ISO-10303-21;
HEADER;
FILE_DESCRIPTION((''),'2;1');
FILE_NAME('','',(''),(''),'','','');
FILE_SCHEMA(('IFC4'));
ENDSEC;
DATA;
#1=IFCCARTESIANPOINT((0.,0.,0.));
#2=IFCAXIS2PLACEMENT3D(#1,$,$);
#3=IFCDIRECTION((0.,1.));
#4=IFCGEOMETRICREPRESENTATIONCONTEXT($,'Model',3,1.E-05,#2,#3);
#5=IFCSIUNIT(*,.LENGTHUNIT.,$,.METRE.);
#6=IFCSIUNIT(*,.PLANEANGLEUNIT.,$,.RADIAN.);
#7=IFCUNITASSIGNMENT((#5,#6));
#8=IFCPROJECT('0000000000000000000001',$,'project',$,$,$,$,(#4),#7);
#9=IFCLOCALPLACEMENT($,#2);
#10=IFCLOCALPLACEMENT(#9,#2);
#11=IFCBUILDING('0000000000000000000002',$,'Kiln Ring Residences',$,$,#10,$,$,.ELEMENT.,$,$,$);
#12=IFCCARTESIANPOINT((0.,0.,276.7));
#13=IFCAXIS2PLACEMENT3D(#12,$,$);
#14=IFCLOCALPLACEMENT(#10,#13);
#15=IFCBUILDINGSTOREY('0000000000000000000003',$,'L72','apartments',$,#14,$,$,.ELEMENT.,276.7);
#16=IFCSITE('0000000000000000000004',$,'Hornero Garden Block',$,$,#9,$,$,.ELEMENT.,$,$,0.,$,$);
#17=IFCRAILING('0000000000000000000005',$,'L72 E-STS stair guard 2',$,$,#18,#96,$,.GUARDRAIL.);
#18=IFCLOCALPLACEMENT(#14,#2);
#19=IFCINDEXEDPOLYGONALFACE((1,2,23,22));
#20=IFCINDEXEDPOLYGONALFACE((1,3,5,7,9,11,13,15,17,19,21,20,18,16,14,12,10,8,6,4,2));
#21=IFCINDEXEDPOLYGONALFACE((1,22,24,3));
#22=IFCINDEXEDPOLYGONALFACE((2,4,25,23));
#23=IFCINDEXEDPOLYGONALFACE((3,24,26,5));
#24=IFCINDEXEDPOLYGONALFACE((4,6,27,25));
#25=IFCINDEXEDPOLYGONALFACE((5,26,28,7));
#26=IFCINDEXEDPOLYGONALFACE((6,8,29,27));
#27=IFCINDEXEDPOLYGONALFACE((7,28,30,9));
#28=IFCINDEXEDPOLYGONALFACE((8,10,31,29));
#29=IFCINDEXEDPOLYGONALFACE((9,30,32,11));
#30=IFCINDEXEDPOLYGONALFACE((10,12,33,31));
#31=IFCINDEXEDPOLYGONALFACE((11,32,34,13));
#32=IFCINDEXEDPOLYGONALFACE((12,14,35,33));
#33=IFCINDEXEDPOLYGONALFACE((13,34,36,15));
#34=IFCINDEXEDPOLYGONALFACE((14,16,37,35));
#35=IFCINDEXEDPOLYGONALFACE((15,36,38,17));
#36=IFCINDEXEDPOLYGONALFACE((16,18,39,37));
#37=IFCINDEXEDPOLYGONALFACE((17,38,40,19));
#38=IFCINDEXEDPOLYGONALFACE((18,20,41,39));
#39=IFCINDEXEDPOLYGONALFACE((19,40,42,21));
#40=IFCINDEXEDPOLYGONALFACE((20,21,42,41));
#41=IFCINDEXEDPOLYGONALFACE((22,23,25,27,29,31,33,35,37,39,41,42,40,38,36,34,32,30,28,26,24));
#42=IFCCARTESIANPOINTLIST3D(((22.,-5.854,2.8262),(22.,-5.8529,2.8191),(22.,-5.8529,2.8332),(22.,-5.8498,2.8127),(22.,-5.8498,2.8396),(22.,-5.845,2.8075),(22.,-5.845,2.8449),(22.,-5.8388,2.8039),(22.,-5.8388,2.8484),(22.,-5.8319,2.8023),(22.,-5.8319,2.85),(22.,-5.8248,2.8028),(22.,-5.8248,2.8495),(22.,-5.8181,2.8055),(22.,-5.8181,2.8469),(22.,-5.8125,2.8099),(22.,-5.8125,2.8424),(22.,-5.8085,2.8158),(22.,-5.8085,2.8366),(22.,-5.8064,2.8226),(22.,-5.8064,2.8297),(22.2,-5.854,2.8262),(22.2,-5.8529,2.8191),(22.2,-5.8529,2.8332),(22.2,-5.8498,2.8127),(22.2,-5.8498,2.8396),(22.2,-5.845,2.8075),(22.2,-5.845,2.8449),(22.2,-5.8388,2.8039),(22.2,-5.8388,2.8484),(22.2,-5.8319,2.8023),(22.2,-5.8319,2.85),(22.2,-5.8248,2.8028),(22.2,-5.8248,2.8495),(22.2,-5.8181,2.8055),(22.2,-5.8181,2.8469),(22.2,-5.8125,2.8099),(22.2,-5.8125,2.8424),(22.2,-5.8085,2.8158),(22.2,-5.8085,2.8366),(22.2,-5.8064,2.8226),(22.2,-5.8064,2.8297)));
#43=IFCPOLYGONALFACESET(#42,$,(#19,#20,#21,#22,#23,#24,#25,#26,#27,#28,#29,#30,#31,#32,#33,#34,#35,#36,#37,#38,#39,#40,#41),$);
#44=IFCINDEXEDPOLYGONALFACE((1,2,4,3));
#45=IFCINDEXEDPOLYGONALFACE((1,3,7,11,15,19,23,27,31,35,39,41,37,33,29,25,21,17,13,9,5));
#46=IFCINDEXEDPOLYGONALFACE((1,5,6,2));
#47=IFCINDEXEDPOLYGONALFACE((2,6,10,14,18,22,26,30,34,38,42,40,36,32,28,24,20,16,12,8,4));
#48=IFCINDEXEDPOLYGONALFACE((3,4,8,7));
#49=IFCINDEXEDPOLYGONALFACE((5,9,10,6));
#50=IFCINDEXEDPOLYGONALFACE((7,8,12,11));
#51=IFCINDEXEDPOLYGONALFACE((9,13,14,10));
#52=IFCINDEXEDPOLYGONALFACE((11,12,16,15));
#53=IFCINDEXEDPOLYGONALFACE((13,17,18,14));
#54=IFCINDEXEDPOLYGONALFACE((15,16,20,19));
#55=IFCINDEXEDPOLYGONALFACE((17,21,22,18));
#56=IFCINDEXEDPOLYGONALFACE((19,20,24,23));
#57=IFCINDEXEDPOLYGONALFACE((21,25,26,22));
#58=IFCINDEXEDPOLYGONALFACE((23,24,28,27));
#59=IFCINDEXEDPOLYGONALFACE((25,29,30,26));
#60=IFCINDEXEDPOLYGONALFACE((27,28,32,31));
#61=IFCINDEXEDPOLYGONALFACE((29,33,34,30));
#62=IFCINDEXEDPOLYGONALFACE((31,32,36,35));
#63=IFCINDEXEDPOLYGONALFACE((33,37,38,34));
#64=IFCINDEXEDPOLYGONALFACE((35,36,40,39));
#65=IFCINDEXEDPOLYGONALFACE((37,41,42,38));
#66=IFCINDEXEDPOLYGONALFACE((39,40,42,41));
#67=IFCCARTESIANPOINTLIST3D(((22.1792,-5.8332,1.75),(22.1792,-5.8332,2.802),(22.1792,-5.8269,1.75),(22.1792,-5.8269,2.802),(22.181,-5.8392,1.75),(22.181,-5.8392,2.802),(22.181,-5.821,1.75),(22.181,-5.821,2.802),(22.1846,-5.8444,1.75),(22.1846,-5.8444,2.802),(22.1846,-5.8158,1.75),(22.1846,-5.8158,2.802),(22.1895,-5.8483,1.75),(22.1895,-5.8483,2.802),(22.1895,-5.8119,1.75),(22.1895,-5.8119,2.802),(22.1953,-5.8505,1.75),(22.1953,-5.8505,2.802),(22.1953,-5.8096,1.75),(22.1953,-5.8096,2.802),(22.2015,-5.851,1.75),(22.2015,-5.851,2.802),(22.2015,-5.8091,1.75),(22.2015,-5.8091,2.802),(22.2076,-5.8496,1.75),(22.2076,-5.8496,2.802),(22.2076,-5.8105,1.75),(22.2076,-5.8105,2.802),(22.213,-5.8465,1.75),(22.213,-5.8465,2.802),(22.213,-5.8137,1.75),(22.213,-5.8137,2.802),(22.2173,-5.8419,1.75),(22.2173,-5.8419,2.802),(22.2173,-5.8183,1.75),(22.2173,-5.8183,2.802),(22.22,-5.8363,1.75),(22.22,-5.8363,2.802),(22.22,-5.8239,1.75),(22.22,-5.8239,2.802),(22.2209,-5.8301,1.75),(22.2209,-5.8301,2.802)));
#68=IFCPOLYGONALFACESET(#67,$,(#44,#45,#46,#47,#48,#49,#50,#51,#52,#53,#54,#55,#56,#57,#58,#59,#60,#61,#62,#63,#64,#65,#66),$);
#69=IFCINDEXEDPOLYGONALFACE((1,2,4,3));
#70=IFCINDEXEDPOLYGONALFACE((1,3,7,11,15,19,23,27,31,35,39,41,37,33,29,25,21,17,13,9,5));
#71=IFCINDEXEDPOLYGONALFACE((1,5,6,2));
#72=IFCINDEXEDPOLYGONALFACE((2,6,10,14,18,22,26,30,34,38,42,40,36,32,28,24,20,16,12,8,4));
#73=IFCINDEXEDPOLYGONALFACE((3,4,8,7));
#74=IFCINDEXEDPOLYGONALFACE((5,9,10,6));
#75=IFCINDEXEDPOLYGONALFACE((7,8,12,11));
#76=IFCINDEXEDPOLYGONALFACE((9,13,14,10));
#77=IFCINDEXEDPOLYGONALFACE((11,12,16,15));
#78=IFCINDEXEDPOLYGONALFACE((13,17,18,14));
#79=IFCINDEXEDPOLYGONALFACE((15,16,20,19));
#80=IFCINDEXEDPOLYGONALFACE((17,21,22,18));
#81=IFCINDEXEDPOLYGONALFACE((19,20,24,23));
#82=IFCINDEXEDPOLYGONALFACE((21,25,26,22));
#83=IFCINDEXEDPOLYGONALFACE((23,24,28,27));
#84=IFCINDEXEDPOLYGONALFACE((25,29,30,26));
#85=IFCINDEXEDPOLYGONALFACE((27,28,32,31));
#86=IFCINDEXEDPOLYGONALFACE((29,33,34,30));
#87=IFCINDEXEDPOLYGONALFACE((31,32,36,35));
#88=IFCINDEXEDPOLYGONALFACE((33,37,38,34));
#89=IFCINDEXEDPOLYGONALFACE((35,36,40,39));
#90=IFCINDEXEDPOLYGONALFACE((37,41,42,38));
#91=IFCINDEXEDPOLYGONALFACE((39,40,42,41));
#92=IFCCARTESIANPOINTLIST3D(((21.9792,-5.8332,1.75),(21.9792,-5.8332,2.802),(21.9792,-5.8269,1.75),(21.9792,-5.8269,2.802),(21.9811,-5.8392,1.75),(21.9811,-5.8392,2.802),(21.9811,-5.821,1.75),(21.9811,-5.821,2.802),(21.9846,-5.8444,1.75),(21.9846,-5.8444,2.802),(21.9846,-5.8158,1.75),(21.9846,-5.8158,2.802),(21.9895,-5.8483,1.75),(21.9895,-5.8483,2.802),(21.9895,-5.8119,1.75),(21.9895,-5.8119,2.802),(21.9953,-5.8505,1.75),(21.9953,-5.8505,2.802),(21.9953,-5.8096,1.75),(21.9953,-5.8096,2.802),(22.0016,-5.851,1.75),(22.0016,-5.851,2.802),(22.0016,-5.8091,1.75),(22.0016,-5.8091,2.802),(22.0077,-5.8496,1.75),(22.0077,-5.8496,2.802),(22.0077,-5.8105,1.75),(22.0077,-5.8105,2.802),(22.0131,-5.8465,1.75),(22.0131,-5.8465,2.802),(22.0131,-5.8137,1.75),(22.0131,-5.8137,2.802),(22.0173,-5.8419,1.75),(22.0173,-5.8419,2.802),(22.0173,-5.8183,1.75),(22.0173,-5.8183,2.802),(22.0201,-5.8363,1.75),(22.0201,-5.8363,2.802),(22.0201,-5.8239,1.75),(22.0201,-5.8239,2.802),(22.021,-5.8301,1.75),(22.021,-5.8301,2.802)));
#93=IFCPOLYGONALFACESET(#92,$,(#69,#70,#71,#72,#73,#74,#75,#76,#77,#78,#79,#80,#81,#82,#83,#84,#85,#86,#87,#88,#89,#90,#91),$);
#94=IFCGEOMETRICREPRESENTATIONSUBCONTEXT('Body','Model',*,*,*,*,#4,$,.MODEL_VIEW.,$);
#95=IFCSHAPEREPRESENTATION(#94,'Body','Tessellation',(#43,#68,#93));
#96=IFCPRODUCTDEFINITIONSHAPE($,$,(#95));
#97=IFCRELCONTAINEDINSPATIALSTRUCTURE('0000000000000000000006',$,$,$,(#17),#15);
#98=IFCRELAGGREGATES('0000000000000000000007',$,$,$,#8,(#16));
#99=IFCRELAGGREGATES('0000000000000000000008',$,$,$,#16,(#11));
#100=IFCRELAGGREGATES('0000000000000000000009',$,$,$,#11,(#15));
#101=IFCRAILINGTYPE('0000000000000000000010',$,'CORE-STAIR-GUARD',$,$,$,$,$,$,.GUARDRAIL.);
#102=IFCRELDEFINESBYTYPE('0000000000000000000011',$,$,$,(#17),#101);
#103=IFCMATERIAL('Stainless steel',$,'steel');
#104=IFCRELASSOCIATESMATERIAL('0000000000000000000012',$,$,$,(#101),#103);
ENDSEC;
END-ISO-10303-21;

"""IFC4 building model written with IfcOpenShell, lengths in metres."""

from ifc_helpers import new_model, si_unit, direction, frame, origin, origin_2d, place, context, subcontext, project, spatial, circle, extrude, material, type_object, element, save


model = new_model("IFC4")

# Units and contexts
model_context = context("Model", 3, precision=1e-05, world=origin(), true_north=direction((0.0, 1.0)))
body_context = subcontext(model_context, "Body", "Model", "MODEL_VIEW")
ifc_project = project(units=[si_unit("LENGTHUNIT", "METRE"), si_unit("PLANEANGLEUNIT", "RADIAN")], contexts=[model_context])

# Site, building, storey
site_placement = place(None, origin())
site = spatial("IfcSite", under=ifc_project, at=site_placement, Name="Hornero Garden Block", CompositionType="ELEMENT", RefElevation=0.0)
building_placement = place(site_placement, origin())
building = spatial("IfcBuilding", under=site, at=building_placement, Name="Kiln Ring Residences", CompositionType="ELEMENT")
storey_placement = place(building_placement, frame((0.0, 0.0, 276.7)))
storey = spatial("IfcBuildingStorey", under=building, at=storey_placement, Name="L72", Description="apartments", CompositionType="ELEMENT", Elevation=276.7)

# Railing
ifc_material_1 = material(Name="Stainless steel", Category="steel")
railing_type_1 = type_object("IfcRailingType", Name="CORE-STAIR-GUARD", PredefinedType="GUARDRAIL", material=ifc_material_1)
railing_1_placement = place(storey_placement, frame((22.2, -5.8301, 1.75)))
element("IfcRailing", 1, at=railing_1_placement, inside=storey, type_object=railing_type_1, Name="L72 E-STS stair guard 2", PredefinedType="GUARDRAIL", context=body_context, shape_type="SweptSolid", body=[
    extrude(circle(Radius=0.0239, at=origin_2d()), frame((0.0, 0.0, 1.0762), z_axis=(-1.0, 0.0, 0.0), x_axis=(0.0, -1.0, 0.0)), (0.0, 0.0, 1.0), 0.2),
    extrude(circle(Radius=0.021, at=origin_2d()), origin(), (0.0, 0.0, 1.0), 1.052),
    extrude(circle(Radius=0.021, at=origin_2d()), frame((-0.2, 0.0, 0.0)), (0.0, 0.0, 1.0), 1.052),
])

save(model, "model.ifc")
